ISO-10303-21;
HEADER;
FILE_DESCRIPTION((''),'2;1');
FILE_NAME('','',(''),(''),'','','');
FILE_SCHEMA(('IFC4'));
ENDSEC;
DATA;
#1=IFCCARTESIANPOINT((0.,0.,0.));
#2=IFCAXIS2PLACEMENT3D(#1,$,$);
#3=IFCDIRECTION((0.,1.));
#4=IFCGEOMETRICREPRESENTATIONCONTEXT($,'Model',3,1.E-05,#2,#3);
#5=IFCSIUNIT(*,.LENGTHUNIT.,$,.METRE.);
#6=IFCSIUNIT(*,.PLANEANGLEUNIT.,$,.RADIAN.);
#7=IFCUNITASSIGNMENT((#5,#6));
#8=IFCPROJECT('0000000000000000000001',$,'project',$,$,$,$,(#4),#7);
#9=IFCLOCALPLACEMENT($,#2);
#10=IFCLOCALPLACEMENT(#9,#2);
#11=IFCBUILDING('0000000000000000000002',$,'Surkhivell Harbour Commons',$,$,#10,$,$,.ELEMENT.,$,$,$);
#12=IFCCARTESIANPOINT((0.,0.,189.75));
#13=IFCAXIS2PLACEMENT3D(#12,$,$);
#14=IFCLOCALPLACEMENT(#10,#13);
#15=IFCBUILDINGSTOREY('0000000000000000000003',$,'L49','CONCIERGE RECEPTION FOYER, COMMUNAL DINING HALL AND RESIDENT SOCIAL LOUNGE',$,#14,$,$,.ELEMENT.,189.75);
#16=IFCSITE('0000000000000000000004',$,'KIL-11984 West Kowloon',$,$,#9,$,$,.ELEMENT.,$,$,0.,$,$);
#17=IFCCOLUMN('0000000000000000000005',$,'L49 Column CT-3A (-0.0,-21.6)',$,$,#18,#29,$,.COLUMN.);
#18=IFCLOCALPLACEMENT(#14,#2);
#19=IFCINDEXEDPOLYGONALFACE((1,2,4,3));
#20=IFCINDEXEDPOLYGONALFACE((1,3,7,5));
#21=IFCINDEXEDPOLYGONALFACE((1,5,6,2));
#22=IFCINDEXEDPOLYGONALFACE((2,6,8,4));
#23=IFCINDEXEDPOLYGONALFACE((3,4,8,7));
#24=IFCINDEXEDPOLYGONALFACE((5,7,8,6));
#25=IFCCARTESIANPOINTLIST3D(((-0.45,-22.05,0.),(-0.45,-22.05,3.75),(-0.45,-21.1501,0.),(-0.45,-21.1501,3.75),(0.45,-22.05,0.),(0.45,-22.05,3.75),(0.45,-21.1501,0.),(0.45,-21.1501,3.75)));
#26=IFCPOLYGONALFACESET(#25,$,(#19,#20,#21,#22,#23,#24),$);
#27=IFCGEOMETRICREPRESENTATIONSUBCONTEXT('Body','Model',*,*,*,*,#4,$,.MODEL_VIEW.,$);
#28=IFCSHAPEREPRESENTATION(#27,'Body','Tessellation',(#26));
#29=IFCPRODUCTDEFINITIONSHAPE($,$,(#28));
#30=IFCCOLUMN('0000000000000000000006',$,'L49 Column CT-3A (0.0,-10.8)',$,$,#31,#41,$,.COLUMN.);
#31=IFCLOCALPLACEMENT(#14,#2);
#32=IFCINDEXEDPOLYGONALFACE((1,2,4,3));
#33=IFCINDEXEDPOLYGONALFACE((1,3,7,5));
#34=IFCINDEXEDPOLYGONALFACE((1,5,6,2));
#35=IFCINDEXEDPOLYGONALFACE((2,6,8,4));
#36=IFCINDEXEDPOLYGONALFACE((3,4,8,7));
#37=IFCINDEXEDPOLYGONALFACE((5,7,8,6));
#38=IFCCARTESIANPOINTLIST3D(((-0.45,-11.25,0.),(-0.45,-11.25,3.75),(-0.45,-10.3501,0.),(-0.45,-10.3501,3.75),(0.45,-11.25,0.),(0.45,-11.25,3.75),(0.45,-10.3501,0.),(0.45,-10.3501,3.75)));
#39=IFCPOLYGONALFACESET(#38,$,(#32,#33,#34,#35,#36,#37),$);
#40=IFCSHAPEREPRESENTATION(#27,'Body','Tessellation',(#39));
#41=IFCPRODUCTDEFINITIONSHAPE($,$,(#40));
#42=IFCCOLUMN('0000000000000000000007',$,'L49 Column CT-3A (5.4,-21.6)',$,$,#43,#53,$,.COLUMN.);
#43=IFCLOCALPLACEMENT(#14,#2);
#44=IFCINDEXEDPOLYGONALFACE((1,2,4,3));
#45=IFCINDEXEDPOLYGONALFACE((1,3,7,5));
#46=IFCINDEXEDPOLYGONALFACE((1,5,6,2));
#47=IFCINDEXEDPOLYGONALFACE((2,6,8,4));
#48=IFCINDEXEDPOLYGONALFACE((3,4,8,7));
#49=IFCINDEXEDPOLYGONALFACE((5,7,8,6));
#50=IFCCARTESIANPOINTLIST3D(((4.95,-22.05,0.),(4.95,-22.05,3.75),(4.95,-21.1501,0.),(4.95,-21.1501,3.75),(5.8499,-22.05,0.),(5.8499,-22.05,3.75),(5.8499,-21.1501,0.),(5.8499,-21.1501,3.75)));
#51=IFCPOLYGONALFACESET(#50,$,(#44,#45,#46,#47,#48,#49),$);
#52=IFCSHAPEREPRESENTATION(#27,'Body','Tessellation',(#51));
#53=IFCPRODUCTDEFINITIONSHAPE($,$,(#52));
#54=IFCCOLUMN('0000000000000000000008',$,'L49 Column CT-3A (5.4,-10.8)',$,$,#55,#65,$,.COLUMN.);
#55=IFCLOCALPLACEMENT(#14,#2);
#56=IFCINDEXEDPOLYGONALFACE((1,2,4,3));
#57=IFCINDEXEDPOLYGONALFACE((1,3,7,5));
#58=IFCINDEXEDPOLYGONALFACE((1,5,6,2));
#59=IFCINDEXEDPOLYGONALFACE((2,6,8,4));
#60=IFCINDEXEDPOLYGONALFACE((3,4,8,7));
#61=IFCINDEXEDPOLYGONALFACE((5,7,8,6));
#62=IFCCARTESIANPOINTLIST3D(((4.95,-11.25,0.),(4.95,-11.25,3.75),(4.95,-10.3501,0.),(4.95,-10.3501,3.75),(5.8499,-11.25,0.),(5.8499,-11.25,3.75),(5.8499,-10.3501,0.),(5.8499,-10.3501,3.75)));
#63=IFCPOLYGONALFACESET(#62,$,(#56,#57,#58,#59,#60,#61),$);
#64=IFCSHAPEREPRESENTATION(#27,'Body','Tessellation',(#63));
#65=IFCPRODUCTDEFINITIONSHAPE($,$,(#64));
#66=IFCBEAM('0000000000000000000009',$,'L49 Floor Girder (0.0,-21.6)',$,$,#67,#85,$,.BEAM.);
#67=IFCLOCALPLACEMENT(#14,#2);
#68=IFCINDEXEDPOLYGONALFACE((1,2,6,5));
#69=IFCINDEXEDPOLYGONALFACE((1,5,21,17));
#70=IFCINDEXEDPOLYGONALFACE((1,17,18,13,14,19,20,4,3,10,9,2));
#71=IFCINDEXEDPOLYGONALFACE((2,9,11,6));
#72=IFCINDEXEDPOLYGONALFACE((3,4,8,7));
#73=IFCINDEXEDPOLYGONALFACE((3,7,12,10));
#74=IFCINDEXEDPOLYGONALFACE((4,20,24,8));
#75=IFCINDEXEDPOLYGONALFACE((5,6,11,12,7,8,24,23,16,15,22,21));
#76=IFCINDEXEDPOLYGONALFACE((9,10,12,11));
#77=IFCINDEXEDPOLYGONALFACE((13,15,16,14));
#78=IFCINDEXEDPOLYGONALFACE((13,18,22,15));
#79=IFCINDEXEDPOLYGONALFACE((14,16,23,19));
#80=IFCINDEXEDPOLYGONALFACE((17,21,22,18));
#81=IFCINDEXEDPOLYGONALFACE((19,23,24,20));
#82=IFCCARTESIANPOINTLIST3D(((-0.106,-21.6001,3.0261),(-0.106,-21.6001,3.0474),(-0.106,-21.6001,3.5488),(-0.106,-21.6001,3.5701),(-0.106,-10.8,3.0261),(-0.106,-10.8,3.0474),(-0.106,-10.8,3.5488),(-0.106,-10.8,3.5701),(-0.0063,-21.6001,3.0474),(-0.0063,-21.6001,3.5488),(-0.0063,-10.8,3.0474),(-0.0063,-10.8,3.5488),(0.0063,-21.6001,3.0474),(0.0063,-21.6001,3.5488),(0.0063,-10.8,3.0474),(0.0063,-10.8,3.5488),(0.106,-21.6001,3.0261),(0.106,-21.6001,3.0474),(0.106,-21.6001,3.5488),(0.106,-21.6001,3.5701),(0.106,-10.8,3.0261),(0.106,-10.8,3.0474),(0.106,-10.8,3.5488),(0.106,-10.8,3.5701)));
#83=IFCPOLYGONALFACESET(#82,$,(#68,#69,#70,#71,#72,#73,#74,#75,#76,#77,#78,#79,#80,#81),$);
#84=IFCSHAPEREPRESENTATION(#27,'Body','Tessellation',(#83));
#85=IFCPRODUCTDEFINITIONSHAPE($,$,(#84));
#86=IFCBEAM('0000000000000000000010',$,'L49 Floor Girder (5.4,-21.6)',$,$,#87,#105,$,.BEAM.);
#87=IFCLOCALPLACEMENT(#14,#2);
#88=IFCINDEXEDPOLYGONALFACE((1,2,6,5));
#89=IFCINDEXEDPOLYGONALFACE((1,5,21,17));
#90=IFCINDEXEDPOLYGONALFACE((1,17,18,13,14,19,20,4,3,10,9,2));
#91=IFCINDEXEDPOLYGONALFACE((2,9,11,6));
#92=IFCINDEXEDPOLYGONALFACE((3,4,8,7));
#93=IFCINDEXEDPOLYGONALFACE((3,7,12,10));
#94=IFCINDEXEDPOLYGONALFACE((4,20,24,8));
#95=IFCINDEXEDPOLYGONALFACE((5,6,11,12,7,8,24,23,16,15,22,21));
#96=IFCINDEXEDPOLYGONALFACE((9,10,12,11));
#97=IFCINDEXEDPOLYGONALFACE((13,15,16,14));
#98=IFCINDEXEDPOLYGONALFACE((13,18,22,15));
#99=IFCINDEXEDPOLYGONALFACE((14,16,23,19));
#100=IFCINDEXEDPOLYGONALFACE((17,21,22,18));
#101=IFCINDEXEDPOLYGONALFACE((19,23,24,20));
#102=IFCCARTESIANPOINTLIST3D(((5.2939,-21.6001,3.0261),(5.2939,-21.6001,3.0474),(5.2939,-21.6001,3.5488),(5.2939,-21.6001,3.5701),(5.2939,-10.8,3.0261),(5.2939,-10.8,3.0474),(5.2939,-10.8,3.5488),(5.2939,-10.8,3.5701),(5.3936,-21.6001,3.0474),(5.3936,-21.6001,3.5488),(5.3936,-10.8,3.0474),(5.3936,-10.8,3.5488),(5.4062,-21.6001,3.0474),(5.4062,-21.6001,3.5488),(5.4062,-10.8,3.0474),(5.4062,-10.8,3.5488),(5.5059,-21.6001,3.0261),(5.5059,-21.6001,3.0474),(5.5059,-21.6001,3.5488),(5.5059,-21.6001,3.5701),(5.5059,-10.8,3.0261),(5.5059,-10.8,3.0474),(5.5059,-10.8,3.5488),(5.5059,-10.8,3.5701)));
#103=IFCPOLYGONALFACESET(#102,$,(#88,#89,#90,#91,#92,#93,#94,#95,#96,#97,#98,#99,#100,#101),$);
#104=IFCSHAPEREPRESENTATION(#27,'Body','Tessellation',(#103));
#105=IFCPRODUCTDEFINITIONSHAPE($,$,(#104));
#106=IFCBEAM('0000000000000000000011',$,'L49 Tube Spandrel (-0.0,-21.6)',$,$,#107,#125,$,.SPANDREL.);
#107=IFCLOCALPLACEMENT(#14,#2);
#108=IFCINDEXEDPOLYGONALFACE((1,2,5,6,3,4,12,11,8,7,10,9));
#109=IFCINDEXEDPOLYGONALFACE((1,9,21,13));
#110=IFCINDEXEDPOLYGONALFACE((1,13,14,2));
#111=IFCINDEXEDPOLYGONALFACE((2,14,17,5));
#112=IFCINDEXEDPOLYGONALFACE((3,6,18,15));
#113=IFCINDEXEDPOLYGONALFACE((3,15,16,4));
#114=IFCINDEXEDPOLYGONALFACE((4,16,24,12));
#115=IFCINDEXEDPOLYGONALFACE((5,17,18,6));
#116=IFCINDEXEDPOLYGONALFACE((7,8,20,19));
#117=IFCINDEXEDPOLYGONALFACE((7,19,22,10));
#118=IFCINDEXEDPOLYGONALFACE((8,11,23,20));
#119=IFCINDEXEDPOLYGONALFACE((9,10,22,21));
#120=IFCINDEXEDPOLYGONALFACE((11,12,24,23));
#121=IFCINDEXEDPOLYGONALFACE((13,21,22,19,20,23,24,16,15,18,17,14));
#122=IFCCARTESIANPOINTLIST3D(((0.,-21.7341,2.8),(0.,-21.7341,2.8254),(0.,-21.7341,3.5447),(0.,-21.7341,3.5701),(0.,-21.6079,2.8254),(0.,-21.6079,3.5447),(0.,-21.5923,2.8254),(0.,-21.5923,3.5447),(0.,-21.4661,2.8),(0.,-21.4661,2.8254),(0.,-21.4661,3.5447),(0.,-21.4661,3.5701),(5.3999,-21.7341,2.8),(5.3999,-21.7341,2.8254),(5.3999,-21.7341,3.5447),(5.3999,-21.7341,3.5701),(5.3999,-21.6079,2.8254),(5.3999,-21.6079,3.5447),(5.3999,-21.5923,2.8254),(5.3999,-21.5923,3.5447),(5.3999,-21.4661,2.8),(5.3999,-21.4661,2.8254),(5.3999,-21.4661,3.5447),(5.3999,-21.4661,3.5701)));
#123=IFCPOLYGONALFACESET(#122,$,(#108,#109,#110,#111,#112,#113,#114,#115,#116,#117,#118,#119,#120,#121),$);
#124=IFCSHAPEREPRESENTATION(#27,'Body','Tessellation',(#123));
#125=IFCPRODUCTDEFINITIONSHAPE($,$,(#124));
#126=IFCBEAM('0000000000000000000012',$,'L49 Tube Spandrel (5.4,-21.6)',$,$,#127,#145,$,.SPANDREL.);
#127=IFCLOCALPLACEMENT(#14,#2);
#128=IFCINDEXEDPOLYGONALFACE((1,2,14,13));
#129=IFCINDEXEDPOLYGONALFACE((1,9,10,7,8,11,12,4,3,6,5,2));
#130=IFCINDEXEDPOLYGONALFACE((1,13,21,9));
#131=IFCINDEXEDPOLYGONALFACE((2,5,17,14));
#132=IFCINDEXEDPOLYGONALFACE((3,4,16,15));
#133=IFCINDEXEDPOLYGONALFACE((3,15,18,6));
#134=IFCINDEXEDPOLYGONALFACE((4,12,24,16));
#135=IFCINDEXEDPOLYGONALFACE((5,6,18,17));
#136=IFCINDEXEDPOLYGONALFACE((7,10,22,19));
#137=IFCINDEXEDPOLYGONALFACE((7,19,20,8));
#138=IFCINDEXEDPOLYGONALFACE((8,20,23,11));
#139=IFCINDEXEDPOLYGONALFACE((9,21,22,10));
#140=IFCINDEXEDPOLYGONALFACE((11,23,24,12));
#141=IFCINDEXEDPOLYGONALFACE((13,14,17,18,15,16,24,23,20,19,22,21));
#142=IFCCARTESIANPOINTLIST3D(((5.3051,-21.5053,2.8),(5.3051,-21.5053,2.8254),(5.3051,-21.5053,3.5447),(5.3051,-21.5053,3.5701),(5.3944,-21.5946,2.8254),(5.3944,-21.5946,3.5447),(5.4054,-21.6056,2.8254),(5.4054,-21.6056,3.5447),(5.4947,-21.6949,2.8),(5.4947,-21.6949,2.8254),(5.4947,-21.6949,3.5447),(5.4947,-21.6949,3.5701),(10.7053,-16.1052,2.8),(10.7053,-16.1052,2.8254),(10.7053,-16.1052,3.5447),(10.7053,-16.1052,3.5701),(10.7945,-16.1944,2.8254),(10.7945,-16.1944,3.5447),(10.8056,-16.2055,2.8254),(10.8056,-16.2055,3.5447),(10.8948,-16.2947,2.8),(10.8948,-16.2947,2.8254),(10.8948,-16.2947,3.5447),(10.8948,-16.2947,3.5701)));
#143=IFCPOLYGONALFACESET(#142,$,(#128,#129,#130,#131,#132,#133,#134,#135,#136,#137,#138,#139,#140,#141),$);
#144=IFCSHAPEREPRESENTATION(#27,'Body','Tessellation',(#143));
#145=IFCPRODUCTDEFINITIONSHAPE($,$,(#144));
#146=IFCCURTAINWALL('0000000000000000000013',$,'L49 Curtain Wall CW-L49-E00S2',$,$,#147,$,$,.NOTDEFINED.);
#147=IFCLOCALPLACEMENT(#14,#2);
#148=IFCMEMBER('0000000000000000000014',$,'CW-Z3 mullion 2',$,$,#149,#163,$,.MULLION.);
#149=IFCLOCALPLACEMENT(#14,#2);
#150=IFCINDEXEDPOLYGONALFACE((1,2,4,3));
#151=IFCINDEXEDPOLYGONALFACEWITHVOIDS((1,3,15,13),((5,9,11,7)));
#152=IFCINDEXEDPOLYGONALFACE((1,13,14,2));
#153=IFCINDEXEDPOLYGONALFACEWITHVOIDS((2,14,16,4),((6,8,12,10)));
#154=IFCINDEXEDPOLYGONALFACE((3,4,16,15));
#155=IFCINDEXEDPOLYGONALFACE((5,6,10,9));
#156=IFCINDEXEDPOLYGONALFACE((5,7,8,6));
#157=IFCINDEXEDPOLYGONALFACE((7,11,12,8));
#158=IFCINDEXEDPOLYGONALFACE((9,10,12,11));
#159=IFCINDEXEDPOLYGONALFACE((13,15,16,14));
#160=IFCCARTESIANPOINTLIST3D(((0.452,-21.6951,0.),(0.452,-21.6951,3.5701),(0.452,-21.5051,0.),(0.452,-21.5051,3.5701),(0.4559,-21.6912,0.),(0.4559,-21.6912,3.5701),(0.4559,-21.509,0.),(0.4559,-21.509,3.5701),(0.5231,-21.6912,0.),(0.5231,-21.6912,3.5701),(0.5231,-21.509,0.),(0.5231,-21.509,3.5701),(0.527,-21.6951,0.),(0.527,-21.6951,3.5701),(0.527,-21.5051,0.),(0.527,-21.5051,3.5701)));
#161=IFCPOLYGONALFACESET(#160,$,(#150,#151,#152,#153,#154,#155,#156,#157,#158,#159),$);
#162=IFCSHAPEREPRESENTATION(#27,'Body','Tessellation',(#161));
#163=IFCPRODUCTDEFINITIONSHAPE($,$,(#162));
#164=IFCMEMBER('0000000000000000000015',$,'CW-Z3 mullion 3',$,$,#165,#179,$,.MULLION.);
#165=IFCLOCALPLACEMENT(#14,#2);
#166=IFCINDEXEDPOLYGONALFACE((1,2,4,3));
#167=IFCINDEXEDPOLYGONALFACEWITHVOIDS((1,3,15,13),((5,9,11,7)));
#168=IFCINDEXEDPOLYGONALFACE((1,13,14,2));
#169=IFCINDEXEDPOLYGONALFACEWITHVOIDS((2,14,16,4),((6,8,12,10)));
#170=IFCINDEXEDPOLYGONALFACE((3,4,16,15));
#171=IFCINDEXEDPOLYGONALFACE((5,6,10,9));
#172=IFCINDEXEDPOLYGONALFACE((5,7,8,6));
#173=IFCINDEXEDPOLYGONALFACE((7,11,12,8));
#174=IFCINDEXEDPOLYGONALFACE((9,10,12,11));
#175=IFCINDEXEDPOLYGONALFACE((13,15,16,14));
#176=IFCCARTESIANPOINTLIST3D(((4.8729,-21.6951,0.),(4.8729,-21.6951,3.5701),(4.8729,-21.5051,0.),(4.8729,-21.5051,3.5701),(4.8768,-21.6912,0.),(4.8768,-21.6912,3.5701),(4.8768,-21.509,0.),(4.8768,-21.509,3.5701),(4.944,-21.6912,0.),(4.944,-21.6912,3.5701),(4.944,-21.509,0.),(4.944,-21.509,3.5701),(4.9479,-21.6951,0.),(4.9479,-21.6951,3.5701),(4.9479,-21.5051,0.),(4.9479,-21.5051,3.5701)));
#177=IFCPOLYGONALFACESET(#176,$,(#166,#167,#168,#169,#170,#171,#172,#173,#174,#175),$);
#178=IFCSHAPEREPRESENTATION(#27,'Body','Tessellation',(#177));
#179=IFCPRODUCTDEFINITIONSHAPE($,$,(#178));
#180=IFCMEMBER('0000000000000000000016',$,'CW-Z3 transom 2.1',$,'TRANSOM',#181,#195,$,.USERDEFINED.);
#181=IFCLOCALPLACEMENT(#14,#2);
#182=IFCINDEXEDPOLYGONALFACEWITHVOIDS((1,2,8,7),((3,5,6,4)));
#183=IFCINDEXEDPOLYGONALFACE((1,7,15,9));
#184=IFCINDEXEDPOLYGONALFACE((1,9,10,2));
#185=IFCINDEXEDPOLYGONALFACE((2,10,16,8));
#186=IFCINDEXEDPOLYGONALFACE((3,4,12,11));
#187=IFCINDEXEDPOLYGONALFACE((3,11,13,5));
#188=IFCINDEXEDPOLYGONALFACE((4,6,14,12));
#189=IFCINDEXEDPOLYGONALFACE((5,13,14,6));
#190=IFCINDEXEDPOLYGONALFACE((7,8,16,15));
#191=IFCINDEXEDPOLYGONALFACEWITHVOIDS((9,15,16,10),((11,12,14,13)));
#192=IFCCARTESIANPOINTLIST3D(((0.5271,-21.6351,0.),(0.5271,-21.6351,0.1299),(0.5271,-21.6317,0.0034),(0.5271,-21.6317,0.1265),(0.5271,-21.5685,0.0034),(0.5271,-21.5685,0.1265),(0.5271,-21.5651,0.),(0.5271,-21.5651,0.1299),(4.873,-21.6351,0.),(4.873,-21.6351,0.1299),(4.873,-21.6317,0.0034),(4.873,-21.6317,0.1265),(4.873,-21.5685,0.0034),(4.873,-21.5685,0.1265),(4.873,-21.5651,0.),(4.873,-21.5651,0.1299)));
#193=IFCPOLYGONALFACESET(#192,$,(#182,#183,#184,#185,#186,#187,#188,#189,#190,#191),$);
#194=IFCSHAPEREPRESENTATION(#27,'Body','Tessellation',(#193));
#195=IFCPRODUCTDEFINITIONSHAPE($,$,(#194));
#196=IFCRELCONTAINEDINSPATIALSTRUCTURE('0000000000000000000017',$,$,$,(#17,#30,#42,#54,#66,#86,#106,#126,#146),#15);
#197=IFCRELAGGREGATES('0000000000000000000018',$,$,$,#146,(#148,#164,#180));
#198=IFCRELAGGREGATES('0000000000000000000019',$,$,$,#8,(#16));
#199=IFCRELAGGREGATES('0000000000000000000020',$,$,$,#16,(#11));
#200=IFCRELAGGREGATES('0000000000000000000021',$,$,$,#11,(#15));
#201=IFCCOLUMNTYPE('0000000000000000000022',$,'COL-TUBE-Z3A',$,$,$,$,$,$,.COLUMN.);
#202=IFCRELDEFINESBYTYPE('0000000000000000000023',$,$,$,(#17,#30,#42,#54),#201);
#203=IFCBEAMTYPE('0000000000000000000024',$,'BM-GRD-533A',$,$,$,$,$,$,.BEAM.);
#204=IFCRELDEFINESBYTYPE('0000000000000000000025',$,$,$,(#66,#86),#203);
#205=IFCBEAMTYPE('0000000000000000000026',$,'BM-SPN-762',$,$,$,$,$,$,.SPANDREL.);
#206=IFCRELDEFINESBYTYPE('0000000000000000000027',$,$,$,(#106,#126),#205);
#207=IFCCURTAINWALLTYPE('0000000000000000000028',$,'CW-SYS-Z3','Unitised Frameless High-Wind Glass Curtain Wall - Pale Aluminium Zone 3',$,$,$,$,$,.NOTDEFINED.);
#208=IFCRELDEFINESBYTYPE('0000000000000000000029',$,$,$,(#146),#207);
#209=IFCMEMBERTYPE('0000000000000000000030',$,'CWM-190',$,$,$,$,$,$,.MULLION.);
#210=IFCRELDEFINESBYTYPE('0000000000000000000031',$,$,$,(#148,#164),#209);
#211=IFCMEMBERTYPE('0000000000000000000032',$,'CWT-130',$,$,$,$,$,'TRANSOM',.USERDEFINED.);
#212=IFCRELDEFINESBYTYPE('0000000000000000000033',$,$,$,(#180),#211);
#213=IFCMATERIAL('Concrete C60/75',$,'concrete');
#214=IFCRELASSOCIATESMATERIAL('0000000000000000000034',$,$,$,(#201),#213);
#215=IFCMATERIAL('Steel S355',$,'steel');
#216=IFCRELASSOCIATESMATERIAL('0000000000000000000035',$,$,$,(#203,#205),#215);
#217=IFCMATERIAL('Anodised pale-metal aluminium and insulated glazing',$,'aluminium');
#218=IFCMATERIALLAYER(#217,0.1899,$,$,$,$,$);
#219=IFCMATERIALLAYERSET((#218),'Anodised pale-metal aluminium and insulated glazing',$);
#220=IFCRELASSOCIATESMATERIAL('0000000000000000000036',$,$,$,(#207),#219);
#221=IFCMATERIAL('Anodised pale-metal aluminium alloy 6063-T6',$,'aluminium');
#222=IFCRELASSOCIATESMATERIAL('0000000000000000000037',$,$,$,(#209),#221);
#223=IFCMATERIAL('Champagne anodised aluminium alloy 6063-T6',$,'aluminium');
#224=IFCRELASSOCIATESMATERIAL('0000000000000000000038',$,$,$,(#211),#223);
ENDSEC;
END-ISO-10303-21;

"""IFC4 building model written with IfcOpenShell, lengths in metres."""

from ifc_helpers import new_model, si_unit, direction, frame, origin, origin_2d, place, context, subcontext, project, spatial, rectangle, hollow_rectangle, i_section, extrude, material, layer, layer_set, material_profile, profile_set, type_object, element, aggregate, save


model = new_model("IFC4")

# Units and contexts
model_context = context("Model", 3, precision=1e-05, world=origin(), true_north=direction((0.0, 1.0)))
body_context = subcontext(model_context, "Body", "Model", "MODEL_VIEW")
ifc_project = project(units=[si_unit("LENGTHUNIT", "METRE"), si_unit("PLANEANGLEUNIT", "RADIAN")], contexts=[model_context])

# Site, building, storey
site_placement = place(None, origin())
site = spatial("IfcSite", under=ifc_project, at=site_placement, Name="KIL-11984 West Kowloon", CompositionType="ELEMENT", RefElevation=0.0)
building_placement = place(site_placement, origin())
building = spatial("IfcBuilding", under=site, at=building_placement, Name="Surkhivell Harbour Commons", CompositionType="ELEMENT")
storey_placement = place(building_placement, frame((0.0, 0.0, 189.75)))
storey = spatial("IfcBuildingStorey", under=building, at=storey_placement, Name="L49", Description="CONCIERGE RECEPTION FOYER, COMMUNAL DINING HALL AND RESIDENT SOCIAL LOUNGE", CompositionType="ELEMENT", Elevation=189.75)

# Columns
ifc_material_1 = material(Name="Concrete C60/75", Category="concrete")
ifc_material_profile_1 = material_profile(ifc_material_1, rectangle(XDim=0.8999, YDim=0.8999, at=origin_2d()), Name="RC-COL-900x900")
ifc_profile_set_1 = profile_set([ifc_material_profile_1], Name="Concrete C60/75")
column_type = type_object("IfcColumnType", Name="COL-TUBE-Z3A", PredefinedType="COLUMN", material=ifc_profile_set_1)
for number, where, z_axis, x_axis, name in (
    (1, (0.0, -21.6001, 0.0), (0.0, 0.0, 1.0), (1.0, 0.0, 0.0), "L49 Column CT-3A (-0.0,-21.6)"),
    (2, (0.0, -10.8, 0.0), (0.0, 0.0, 1.0), (1.0, 0.0, 0.0), "L49 Column CT-3A (0.0,-10.8)"),
    (3, (5.3999, -21.6001, 0.0), (0.0, 0.0, 1.0), (1.0, 0.0, 0.0), "L49 Column CT-3A (5.4,-21.6)"),
    (4, (5.3999, -10.8, 0.0), (0.0, 0.0, 1.0), (1.0, 0.0, 0.0), "L49 Column CT-3A (5.4,-10.8)"),
):
    element("IfcColumn", number, at=place(storey_placement, frame(where, z_axis=z_axis, x_axis=x_axis)), inside=storey, type_object=column_type, Name=name, PredefinedType="COLUMN", context=body_context, shape_type="SweptSolid", body=[
        extrude(rectangle(XDim=0.8999, YDim=0.8999, at=origin_2d()), origin(), (0.0, 0.0, 1.0), 3.75),
    ])

# Beams
ifc_material_2 = material(Name="Steel S355", Category="steel")
ifc_material_profile_2 = material_profile(ifc_material_2, i_section(OverallWidth=0.2119, OverallDepth=0.5439, WebThickness=0.0127, FlangeThickness=0.0212, at=origin_2d()), Name="UB533x210x122")
ifc_profile_set_2 = profile_set([ifc_material_profile_2], Name="Steel S355")
beam_type_1 = type_object("IfcBeamType", Name="BM-GRD-533A", PredefinedType="BEAM", material=ifc_profile_set_2)
for number, where, z_axis, x_axis, name in (
    (5, (0.0, -21.6001, 3.2981), (0.0, 1.0, 0.0), (-1.0, 0.0, 0.0), "L49 Floor Girder (0.0,-21.6)"),
    (6, (5.3999, -21.6001, 3.2981), (0.0, 1.0, 0.0), (-1.0, 0.0, 0.0), "L49 Floor Girder (5.4,-21.6)"),
):
    element("IfcBeam", number, at=place(storey_placement, frame(where, z_axis=z_axis, x_axis=x_axis)), inside=storey, type_object=beam_type_1, Name=name, PredefinedType="BEAM", context=body_context, shape_type="SweptSolid", body=[
        extrude(i_section(OverallWidth=0.2119, OverallDepth=0.5439, WebThickness=0.0127, FlangeThickness=0.0212, at=origin_2d()), origin(), (0.0, 0.0, 1.0), 10.8),
    ])
ifc_material_profile_3 = material_profile(ifc_material_2, i_section(OverallWidth=0.2681, OverallDepth=0.77, WebThickness=0.0156, FlangeThickness=0.0254, at=origin_2d()), Name="UB762x267x197")
ifc_profile_set_3 = profile_set([ifc_material_profile_3], Name="Steel S355")
beam_type_2 = type_object("IfcBeamType", Name="BM-SPN-762", PredefinedType="SPANDREL", material=ifc_profile_set_3)
beam_1_placement = place(storey_placement, frame((0.0, -21.6001, 3.1851), z_axis=(1.0, 0.0, 0.0), x_axis=(0.0, 1.0, 0.0)))
element("IfcBeam", 7, at=beam_1_placement, inside=storey, type_object=beam_type_2, Name="L49 Tube Spandrel (-0.0,-21.6)", PredefinedType="SPANDREL", context=body_context, shape_type="SweptSolid", body=[
    extrude(i_section(OverallWidth=0.2681, OverallDepth=0.77, WebThickness=0.0156, FlangeThickness=0.0254, at=origin_2d()), origin(), (0.0, 0.0, 1.0), 5.3999),
])
beam_2_placement = place(storey_placement, frame((5.3999, -21.6001, 3.1851), z_axis=(0.707107, 0.707107, 0.0), x_axis=(-0.707107, 0.707107, 0.0)))
element("IfcBeam", 8, at=beam_2_placement, inside=storey, type_object=beam_type_2, Name="L49 Tube Spandrel (5.4,-21.6)", PredefinedType="SPANDREL", context=body_context, shape_type="SweptSolid", body=[
    extrude(i_section(OverallWidth=0.2681, OverallDepth=0.77, WebThickness=0.0156, FlangeThickness=0.0254, at=origin_2d()), origin(), (0.0, 0.0, 1.0), 7.637),
])

# Curtain wall, members
ifc_material_3 = material(Name="Anodised pale-metal aluminium and insulated glazing", Category="aluminium")
ifc_layer_1 = layer(ifc_material_3, 0.1899)
ifc_layer_set_1 = layer_set([ifc_layer_1], Name="Anodised pale-metal aluminium and insulated glazing")
curtain_wall_type = type_object("IfcCurtainWallType", Name="CW-SYS-Z3", Description="Unitised Frameless High-Wind Glass Curtain Wall - Pale Aluminium Zone 3", PredefinedType="NOTDEFINED", material=ifc_layer_set_1)
curtain_wall_placement = place(storey_placement, origin())
curtain_wall = element("IfcCurtainWall", 9, at=curtain_wall_placement, inside=storey, type_object=curtain_wall_type, Name="L49 Curtain Wall CW-L49-E00S2", PredefinedType="NOTDEFINED")
ifc_material_4 = material(Name="Anodised pale-metal aluminium alloy 6063-T6", Category="aluminium")
ifc_material_profile_4 = material_profile(ifc_material_4, hollow_rectangle(XDim=0.075, YDim=0.1899, WallThickness=0.0039, at=origin_2d()), Name="ALU-MULL-75x190")
ifc_profile_set_4 = profile_set([ifc_material_profile_4], Name="Anodised pale-metal aluminium alloy 6063-T6")
member_type_1 = type_object("IfcMemberType", Name="CWM-190", PredefinedType="MULLION", material=ifc_profile_set_4)
member_1_placement = place(storey_placement, frame((0.4895, -21.6001, 0.0), z_axis=(0.0, 0.0, 1.0), x_axis=(1.0, 0.0, 0.0)))
member_1 = element("IfcMember", 10, at=member_1_placement, type_object=member_type_1, Name="CW-Z3 mullion 2", PredefinedType="MULLION", context=body_context, shape_type="SweptSolid", body=[
    extrude(hollow_rectangle(XDim=0.075, YDim=0.1899, WallThickness=0.0039, at=origin_2d()), origin(), (0.0, 0.0, 1.0), 3.5701),
])
member_2_placement = place(storey_placement, frame((4.9104, -21.6001, 0.0), z_axis=(0.0, 0.0, 1.0), x_axis=(1.0, 0.0, 0.0)))
member_2 = element("IfcMember", 11, at=member_2_placement, type_object=member_type_1, Name="CW-Z3 mullion 3", PredefinedType="MULLION", context=body_context, shape_type="SweptSolid", body=[
    extrude(hollow_rectangle(XDim=0.075, YDim=0.1899, WallThickness=0.0039, at=origin_2d()), origin(), (0.0, 0.0, 1.0), 3.5701),
])
ifc_material_5 = material(Name="Champagne anodised aluminium alloy 6063-T6", Category="aluminium")
ifc_material_profile_5 = material_profile(ifc_material_5, hollow_rectangle(XDim=0.0701, YDim=0.1299, WallThickness=0.0034, at=origin_2d()), Name="ALU-TRAN-70x130")
ifc_profile_set_5 = profile_set([ifc_material_profile_5], Name="Champagne anodised aluminium alloy 6063-T6")
member_type_2 = type_object("IfcMemberType", Name="CWT-130", ElementType="TRANSOM", PredefinedType="USERDEFINED", material=ifc_profile_set_5)
member_3_placement = place(storey_placement, frame((0.5271, -21.6001, 0.0649), z_axis=(1.0, 0.0, 0.0), x_axis=(0.0, 1.0, 0.0)))
member_3 = element("IfcMember", 12, at=member_3_placement, type_object=member_type_2, Name="CW-Z3 transom 2.1", ObjectType="TRANSOM", PredefinedType="USERDEFINED", context=body_context, shape_type="SweptSolid", body=[
    extrude(hollow_rectangle(XDim=0.0701, YDim=0.1299, WallThickness=0.0034, at=origin_2d()), origin(), (0.0, 0.0, 1.0), 4.3459),
])
aggregate(curtain_wall, [member_1, member_2, member_3])

save(model, "model.ifc")
